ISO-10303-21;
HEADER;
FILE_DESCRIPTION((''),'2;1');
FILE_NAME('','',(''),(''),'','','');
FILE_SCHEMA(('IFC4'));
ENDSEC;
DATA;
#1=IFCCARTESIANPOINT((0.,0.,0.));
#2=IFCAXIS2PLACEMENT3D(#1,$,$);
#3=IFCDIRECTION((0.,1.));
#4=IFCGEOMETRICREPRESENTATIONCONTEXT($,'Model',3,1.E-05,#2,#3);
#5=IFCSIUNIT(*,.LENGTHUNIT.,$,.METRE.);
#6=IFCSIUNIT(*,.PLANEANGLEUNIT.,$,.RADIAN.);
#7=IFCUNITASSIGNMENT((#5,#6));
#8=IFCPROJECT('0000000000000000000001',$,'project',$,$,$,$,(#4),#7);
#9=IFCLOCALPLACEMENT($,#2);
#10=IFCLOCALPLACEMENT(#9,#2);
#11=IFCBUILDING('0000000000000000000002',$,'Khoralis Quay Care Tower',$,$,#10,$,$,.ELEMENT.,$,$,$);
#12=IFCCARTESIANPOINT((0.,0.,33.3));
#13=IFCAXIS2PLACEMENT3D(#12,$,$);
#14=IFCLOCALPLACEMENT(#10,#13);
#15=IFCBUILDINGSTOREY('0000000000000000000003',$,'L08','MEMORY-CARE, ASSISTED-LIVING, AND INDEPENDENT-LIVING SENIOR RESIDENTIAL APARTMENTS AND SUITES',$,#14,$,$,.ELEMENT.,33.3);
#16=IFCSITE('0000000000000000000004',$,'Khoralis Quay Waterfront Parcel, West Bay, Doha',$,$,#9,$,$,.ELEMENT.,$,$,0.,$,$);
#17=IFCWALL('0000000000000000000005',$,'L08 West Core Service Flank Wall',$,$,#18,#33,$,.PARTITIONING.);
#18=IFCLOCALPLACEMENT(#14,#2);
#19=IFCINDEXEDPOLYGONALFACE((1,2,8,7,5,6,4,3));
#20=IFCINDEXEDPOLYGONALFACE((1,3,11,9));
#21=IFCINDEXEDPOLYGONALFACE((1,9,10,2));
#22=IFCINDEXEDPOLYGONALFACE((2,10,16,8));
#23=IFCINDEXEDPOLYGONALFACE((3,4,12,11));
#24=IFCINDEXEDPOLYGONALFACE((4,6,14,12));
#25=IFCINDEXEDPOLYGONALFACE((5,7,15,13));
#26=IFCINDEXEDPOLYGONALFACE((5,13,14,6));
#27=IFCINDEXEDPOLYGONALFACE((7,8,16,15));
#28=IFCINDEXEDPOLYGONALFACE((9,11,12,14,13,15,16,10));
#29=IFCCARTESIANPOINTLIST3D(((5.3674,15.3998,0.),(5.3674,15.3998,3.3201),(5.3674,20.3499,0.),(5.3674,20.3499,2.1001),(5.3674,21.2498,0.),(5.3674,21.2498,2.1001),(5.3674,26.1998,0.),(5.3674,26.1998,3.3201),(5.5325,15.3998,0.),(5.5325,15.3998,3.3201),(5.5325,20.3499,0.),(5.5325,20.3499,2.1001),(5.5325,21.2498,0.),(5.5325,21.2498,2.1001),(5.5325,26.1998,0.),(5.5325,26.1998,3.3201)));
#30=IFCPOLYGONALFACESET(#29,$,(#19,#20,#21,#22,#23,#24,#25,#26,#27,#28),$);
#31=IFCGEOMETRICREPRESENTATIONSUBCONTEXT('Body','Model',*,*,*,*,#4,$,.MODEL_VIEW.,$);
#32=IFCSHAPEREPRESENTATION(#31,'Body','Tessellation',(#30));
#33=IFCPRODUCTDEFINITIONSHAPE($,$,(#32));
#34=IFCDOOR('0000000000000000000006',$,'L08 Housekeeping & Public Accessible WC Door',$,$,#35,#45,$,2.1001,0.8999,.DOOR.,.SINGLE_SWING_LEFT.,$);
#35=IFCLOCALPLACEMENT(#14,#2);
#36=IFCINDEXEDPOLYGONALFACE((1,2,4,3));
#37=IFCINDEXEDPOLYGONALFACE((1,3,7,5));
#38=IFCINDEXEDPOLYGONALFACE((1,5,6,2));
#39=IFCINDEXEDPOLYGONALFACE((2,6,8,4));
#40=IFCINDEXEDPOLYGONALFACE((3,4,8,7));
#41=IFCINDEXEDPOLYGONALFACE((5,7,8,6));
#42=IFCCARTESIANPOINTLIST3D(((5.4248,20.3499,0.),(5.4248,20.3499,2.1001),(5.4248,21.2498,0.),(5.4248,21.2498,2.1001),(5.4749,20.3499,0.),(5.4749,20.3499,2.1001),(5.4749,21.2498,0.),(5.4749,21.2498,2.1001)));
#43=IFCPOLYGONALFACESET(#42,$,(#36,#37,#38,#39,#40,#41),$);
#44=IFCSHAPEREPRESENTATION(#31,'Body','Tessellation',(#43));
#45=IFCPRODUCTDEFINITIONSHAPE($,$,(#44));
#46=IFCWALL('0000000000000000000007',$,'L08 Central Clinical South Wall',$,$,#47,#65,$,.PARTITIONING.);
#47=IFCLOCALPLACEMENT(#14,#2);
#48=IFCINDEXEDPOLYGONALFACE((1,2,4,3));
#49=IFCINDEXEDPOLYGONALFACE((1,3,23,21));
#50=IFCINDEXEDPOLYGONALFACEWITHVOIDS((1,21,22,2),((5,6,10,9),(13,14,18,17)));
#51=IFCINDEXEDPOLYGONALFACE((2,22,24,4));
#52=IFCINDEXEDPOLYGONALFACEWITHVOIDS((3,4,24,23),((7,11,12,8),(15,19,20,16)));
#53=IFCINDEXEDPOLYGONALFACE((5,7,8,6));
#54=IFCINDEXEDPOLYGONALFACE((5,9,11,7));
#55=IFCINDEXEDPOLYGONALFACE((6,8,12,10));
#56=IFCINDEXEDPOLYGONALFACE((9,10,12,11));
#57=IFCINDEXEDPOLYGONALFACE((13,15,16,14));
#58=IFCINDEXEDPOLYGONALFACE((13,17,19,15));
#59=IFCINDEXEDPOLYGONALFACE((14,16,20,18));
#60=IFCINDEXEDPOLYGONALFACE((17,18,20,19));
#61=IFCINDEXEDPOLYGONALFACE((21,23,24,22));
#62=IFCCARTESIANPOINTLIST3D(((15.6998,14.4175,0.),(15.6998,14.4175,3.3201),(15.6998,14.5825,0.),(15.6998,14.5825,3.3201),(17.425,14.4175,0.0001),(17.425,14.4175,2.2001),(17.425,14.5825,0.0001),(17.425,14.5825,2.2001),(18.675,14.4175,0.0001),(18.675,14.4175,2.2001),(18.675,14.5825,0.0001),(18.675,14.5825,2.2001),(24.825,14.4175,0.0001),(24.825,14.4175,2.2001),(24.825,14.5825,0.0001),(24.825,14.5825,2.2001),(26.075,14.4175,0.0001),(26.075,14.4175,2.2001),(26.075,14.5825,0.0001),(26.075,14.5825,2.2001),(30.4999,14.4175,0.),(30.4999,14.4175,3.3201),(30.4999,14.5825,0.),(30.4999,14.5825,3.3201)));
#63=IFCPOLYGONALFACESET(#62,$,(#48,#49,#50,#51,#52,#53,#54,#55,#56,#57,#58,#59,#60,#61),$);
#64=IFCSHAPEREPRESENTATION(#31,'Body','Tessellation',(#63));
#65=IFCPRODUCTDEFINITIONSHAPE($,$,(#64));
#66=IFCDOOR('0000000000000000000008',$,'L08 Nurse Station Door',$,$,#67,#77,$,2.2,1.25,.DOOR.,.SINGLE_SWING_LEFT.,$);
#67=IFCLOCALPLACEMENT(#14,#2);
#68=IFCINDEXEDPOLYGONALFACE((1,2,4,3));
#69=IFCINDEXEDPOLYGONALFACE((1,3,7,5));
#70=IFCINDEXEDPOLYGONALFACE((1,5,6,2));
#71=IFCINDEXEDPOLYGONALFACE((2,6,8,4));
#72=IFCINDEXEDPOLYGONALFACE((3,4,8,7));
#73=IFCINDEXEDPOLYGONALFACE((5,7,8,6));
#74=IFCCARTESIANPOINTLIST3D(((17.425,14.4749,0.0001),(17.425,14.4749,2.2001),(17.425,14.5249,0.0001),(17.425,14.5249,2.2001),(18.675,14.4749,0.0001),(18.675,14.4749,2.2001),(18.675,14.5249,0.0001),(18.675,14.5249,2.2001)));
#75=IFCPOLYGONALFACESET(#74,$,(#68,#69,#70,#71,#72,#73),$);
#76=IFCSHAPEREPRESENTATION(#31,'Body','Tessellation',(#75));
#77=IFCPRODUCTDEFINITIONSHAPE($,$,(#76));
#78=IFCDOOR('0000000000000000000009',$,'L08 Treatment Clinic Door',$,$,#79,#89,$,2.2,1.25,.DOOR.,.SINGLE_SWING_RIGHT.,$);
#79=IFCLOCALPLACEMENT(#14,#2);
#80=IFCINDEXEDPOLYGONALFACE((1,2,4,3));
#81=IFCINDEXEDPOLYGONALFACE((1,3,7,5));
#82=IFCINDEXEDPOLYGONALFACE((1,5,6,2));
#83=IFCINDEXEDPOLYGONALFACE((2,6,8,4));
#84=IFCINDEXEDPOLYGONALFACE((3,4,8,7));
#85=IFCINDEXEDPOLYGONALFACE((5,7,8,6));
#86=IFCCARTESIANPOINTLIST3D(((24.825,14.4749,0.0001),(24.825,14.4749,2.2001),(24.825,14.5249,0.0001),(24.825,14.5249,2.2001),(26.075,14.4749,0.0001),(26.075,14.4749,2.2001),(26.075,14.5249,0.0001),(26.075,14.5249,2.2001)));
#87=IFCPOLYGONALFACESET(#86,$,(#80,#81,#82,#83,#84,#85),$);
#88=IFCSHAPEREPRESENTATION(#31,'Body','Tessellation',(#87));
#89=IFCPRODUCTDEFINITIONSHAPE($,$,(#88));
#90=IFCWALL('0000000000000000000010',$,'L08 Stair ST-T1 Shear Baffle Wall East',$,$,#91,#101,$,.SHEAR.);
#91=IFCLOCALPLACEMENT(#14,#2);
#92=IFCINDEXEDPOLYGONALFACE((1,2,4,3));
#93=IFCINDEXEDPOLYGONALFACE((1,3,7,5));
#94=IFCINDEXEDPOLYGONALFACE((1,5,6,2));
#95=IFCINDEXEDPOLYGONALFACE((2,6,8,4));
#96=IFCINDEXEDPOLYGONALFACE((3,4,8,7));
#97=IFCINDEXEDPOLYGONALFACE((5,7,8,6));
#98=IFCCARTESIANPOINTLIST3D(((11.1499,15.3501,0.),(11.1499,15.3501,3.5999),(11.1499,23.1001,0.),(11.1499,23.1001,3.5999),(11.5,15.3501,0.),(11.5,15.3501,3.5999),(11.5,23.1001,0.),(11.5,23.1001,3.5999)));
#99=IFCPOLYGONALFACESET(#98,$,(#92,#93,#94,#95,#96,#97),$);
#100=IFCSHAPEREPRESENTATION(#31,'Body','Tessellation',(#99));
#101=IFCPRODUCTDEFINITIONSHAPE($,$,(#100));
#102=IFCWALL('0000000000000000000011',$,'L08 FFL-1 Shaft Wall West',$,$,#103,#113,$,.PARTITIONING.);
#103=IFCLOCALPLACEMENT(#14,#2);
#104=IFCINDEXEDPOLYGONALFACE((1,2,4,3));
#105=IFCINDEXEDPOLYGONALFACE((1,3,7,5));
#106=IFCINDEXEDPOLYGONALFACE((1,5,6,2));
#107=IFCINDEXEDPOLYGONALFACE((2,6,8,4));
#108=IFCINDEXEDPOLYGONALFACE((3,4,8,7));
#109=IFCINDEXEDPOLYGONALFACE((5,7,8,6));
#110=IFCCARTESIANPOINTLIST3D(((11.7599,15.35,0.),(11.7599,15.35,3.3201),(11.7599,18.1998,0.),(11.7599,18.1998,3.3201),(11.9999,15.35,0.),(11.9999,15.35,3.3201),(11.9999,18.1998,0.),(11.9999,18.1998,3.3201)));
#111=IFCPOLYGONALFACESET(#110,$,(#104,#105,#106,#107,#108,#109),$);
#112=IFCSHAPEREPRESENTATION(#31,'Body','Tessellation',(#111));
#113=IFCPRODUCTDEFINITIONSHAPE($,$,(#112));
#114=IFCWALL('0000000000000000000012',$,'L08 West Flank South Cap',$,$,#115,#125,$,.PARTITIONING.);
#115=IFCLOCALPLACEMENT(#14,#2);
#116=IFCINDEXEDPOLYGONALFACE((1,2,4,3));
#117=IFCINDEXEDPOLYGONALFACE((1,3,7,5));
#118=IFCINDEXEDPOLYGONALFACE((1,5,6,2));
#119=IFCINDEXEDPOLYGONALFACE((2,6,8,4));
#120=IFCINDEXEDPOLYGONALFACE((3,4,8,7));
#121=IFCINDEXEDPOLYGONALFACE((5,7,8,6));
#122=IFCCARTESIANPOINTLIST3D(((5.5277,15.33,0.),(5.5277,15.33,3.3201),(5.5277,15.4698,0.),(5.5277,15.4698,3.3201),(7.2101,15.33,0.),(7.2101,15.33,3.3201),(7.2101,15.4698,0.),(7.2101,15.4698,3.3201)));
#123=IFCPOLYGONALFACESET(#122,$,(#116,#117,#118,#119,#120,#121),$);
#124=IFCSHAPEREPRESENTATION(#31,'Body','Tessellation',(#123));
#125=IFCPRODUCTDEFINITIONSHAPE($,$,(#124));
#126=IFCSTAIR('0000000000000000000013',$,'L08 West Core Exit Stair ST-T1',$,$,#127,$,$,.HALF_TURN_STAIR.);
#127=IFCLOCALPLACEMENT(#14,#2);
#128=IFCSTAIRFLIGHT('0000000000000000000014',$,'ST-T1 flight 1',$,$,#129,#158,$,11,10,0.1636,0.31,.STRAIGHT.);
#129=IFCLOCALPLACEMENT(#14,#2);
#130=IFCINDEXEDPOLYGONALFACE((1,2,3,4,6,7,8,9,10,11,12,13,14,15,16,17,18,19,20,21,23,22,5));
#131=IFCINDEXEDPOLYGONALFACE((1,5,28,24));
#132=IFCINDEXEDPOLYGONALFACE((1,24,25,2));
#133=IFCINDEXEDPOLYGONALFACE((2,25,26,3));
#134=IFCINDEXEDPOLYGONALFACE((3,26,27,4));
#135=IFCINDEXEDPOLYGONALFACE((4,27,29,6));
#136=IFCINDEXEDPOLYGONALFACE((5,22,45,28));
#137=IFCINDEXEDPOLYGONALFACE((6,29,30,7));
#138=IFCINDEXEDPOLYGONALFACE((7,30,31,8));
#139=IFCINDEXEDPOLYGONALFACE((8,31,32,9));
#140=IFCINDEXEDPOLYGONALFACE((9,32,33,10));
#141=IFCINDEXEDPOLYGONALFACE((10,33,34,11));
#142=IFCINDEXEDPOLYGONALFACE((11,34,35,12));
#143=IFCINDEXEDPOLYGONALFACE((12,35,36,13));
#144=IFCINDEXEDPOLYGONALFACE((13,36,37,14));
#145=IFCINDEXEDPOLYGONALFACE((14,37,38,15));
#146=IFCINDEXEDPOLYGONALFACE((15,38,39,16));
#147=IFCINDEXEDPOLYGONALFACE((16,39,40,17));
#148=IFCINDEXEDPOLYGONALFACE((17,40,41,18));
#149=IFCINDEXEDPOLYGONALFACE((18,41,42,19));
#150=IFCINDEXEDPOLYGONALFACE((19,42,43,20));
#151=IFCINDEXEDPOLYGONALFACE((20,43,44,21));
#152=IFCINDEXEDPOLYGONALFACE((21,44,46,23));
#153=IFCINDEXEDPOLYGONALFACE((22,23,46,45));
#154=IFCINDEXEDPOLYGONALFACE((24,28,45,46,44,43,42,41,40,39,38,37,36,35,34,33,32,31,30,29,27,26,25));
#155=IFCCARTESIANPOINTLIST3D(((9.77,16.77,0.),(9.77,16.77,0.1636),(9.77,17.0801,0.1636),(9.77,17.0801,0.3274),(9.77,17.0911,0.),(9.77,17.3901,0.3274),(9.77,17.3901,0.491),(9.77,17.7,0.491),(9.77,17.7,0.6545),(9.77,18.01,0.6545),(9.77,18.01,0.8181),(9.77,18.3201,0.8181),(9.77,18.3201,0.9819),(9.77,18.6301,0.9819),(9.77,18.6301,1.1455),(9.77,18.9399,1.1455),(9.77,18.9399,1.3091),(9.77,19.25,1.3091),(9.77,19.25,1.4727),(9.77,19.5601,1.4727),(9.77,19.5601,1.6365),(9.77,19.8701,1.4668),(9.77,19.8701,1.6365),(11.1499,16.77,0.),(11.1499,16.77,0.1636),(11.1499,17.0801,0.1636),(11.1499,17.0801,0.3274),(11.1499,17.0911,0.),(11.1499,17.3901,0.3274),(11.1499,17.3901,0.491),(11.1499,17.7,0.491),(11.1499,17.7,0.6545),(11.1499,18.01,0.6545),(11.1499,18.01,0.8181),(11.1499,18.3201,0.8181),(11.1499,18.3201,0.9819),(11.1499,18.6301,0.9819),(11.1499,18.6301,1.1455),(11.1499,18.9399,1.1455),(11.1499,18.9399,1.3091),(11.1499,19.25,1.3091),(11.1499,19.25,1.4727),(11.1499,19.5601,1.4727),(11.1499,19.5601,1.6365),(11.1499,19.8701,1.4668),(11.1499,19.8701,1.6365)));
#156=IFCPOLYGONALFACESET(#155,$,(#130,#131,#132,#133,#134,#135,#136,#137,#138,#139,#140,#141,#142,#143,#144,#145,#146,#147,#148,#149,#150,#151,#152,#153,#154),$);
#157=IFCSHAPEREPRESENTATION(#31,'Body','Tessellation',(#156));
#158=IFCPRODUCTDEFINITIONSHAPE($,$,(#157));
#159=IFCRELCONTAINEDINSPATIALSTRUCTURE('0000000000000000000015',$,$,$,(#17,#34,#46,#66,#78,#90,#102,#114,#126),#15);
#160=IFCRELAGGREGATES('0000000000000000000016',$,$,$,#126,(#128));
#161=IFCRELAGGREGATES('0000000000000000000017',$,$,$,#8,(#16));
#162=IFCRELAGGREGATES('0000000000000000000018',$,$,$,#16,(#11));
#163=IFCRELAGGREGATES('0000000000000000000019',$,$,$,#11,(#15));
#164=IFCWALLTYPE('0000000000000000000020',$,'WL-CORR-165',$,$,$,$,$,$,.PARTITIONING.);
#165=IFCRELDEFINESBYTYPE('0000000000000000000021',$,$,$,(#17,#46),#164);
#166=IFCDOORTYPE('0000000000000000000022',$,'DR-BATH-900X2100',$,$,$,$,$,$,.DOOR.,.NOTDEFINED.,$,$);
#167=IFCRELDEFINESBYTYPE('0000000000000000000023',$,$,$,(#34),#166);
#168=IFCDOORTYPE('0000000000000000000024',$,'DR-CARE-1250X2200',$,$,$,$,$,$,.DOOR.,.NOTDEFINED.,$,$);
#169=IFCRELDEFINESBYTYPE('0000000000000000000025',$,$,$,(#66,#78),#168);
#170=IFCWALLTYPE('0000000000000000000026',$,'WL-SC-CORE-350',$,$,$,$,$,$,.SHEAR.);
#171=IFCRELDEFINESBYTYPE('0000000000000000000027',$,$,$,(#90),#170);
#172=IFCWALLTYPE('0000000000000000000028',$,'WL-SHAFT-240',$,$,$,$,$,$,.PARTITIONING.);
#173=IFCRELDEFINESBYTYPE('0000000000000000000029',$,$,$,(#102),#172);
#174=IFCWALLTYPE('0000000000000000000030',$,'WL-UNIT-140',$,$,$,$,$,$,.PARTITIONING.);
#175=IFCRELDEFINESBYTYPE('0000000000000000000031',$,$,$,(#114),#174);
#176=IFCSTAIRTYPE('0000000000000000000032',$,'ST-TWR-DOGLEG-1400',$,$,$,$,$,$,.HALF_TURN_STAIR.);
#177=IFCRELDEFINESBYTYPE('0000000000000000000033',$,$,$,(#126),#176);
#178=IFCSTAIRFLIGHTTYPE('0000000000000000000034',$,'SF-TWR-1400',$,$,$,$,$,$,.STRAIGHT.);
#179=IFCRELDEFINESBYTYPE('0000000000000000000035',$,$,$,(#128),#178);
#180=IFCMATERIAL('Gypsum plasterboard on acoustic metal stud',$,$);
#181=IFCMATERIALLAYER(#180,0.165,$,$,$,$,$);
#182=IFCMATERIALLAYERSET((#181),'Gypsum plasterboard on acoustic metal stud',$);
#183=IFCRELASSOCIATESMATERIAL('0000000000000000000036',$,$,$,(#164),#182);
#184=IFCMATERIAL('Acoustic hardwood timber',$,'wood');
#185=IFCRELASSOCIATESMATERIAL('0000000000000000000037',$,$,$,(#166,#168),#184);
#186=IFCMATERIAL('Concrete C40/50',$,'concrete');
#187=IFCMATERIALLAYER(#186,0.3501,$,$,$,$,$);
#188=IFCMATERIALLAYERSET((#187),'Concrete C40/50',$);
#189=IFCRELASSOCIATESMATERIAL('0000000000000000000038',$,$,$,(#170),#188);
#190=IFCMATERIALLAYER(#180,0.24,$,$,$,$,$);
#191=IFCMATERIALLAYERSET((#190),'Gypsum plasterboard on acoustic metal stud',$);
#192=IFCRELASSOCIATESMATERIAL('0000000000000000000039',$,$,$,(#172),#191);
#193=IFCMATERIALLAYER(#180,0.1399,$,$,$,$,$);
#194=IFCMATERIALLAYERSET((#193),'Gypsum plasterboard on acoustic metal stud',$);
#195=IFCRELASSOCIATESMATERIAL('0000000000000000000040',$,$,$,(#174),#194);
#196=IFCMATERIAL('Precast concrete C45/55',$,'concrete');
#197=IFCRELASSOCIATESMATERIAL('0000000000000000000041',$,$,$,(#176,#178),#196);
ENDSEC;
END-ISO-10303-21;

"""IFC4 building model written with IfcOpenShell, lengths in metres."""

from ifc_helpers import new_model, si_unit, direction, frame, frame_2d, origin, place, context, subcontext, project, spatial, polyline, rectangle, outline, extrude, source, transform, mapped, material, layer, layer_set, type_object, element, fill, aggregate, save


model = new_model("IFC4")

# Units and contexts
model_context = context("Model", 3, precision=1e-05, world=origin(), true_north=direction((0.0, 1.0)))
body_context = subcontext(model_context, "Body", "Model", "MODEL_VIEW")
ifc_project = project(units=[si_unit("LENGTHUNIT", "METRE"), si_unit("PLANEANGLEUNIT", "RADIAN")], contexts=[model_context])

# Site, building, storey
site_placement = place(None, origin())
site = spatial("IfcSite", under=ifc_project, at=site_placement, Name="Khoralis Quay Waterfront Parcel, West Bay, Doha", CompositionType="ELEMENT", RefElevation=0.0)
building_placement = place(site_placement, origin())
building = spatial("IfcBuilding", under=site, at=building_placement, Name="Khoralis Quay Care Tower", CompositionType="ELEMENT")
storey_placement = place(building_placement, frame((0.0, 0.0, 33.3)))
storey = spatial("IfcBuildingStorey", under=building, at=storey_placement, Name="L08", Description="MEMORY-CARE, ASSISTED-LIVING, AND INDEPENDENT-LIVING SENIOR RESIDENTIAL APARTMENTS AND SUITES", CompositionType="ELEMENT", Elevation=33.3)

# Wall, opening, door
ifc_material_1 = material(Name="Gypsum plasterboard on acoustic metal stud")
ifc_layer_1 = layer(ifc_material_1, 0.165)
ifc_layer_set_1 = layer_set([ifc_layer_1], Name="Gypsum plasterboard on acoustic metal stud")
wall_type_1 = type_object("IfcWallType", Name="WL-CORR-165", PredefinedType="PARTITIONING", material=ifc_layer_set_1)
wall_1_placement = place(storey_placement, frame((5.45, 15.3999, 0.0), z_axis=(0.0, 0.0, 1.0), x_axis=(0.0, 1.0, 0.0)))
wall_1 = element("IfcWall", 1, at=wall_1_placement, inside=storey, type_object=wall_type_1, Name="L08 West Core Service Flank Wall", PredefinedType="PARTITIONING", context=body_context, shape_type="SweptSolid", body=[
    extrude(rectangle(XDim=10.8, YDim=0.165, at=frame_2d((5.3999, 0.0))), origin(), (0.0, 0.0, 1.0), 3.3201),
])
opening_1_placement = place(wall_1_placement, frame((4.95, 0.0, 0.0)))
opening_1 = element("IfcOpeningElement", 2, at=opening_1_placement, cuts=wall_1, PredefinedType="OPENING", context=body_context, shape_type="SweptSolid", body=[
    extrude(rectangle(XDim=0.8999, YDim=2.1001, at=frame_2d((0.45, 1.05))), frame((0.0, 0.0925, 0.0), z_axis=(0.0, -1.0, 0.0), x_axis=(1.0, 0.0, 0.0)), (0.0, 0.0, 1.0), 0.1851),
])
ifc_material_2 = material(Name="Acoustic hardwood timber", Category="wood")
door_type_1 = type_object("IfcDoorType", Name="DR-BATH-900X2100", OperationType="NOTDEFINED", PredefinedType="DOOR", material=ifc_material_2)
shared_shape_1 = source(origin(), body_context, "Body", "SweptSolid", [
    extrude(rectangle(XDim=0.8999, YDim=2.1001, at=frame_2d((0.45, 1.05))), frame((0.0, 0.0249, 0.0), z_axis=(0.0, -1.0, 0.0), x_axis=(1.0, 0.0, 0.0)), (0.0, 0.0, 1.0), 0.05),
])
door_1_placement = place(opening_1_placement, frame((0.8999, 0.0, 0.0), z_axis=(0.0, 0.0, 1.0), x_axis=(-1.0, 0.0, 0.0)))
door_1 = element("IfcDoor", 3, at=door_1_placement, inside=storey, type_object=door_type_1, Name="L08 Housekeeping & Public Accessible WC Door", OperationType="SINGLE_SWING_LEFT", OverallHeight=2.1001, OverallWidth=0.8999, PredefinedType="DOOR", context=body_context, shape_type="MappedRepresentation", body=[
    mapped(shared_shape_1, transform((0.0, 0.0, 0.0), scale=1.0)),
])
fill(opening_1, door_1)

# Wall, openings, doors
wall_2_placement = place(storey_placement, frame((15.7, 14.5, 0.0), z_axis=(0.0, 0.0, 1.0), x_axis=(1.0, 0.0, 0.0)))
wall_2 = element("IfcWall", 4, at=wall_2_placement, inside=storey, type_object=wall_type_1, Name="L08 Central Clinical South Wall", PredefinedType="PARTITIONING", context=body_context, shape_type="SweptSolid", body=[
    extrude(rectangle(XDim=14.8, YDim=0.165, at=frame_2d((7.3999, 0.0))), origin(), (0.0, 0.0, 1.0), 3.3201),
])
opening_2_placement = place(wall_2_placement, frame((1.7251, 0.0, 0.0)))
opening_2 = element("IfcOpeningElement", 5, at=opening_2_placement, cuts=wall_2, PredefinedType="OPENING", context=body_context, shape_type="SweptSolid", body=[
    extrude(rectangle(XDim=1.25, YDim=2.2, at=frame_2d((0.625, 1.1001))), frame((0.0, 0.0925, 0.0), z_axis=(0.0, -1.0, 0.0), x_axis=(1.0, 0.0, 0.0)), (0.0, 0.0, 1.0), 0.1851),
])
opening_3_placement = place(wall_2_placement, frame((9.125, 0.0, 0.0)))
opening_3 = element("IfcOpeningElement", 6, at=opening_3_placement, cuts=wall_2, PredefinedType="OPENING", context=body_context, shape_type="SweptSolid", body=[
    extrude(rectangle(XDim=1.25, YDim=2.2, at=frame_2d((0.625, 1.1001))), frame((0.0, 0.0925, 0.0), z_axis=(0.0, -1.0, 0.0), x_axis=(1.0, 0.0, 0.0)), (0.0, 0.0, 1.0), 0.1851),
])
door_type_2 = type_object("IfcDoorType", Name="DR-CARE-1250X2200", OperationType="NOTDEFINED", PredefinedType="DOOR", material=ifc_material_2)
shared_shape_2 = source(origin(), body_context, "Body", "SweptSolid", [
    extrude(rectangle(XDim=1.25, YDim=2.2, at=frame_2d((0.625, 1.1001))), frame((0.0, 0.0249, 0.0), z_axis=(0.0, -1.0, 0.0), x_axis=(1.0, 0.0, 0.0)), (0.0, 0.0, 1.0), 0.05),
])
door_2_placement = place(opening_2_placement, origin())
door_2 = element("IfcDoor", 7, at=door_2_placement, inside=storey, type_object=door_type_2, Name="L08 Nurse Station Door", OperationType="SINGLE_SWING_LEFT", OverallHeight=2.2, OverallWidth=1.25, PredefinedType="DOOR", context=body_context, shape_type="MappedRepresentation", body=[
    mapped(shared_shape_2, transform((0.0, 0.0, 0.0), scale=1.0)),
])
fill(opening_2, door_2)
door_3_placement = place(opening_3_placement, origin())
door_3 = element("IfcDoor", 8, at=door_3_placement, inside=storey, type_object=door_type_2, Name="L08 Treatment Clinic Door", OperationType="SINGLE_SWING_RIGHT", OverallHeight=2.2, OverallWidth=1.25, PredefinedType="DOOR", context=body_context, shape_type="MappedRepresentation", body=[
    mapped(shared_shape_2, transform((0.0, 0.0, 0.0), scale=1.0)),
])
fill(opening_3, door_3)

# Walls
ifc_material_3 = material(Name="Concrete C40/50", Category="concrete")
ifc_layer_2 = layer(ifc_material_3, 0.3501)
ifc_layer_set_2 = layer_set([ifc_layer_2], Name="Concrete C40/50")
wall_type_2 = type_object("IfcWallType", Name="WL-SC-CORE-350", PredefinedType="SHEAR", material=ifc_layer_set_2)
wall_3_placement = place(storey_placement, frame((11.325, 15.3501, 0.0), z_axis=(0.0, 0.0, 1.0), x_axis=(0.0, 1.0, 0.0)))
element("IfcWall", 9, at=wall_3_placement, inside=storey, type_object=wall_type_2, Name="L08 Stair ST-T1 Shear Baffle Wall East", PredefinedType="SHEAR", context=body_context, shape_type="SweptSolid", body=[
    extrude(rectangle(XDim=7.75, YDim=0.3501, at=frame_2d((3.875, 0.0))), origin(), (0.0, 0.0, 1.0), 3.5999),
])
ifc_layer_3 = layer(ifc_material_1, 0.24)
ifc_layer_set_3 = layer_set([ifc_layer_3], Name="Gypsum plasterboard on acoustic metal stud")
wall_type_3 = type_object("IfcWallType", Name="WL-SHAFT-240", PredefinedType="PARTITIONING", material=ifc_layer_set_3)
wall_4_placement = place(storey_placement, frame((11.8799, 15.3501, 0.0), z_axis=(0.0, 0.0, 1.0), x_axis=(0.0, 1.0, 0.0)))
element("IfcWall", 10, at=wall_4_placement, inside=storey, type_object=wall_type_3, Name="L08 FFL-1 Shaft Wall West", PredefinedType="PARTITIONING", context=body_context, shape_type="SweptSolid", body=[
    extrude(rectangle(XDim=2.8499, YDim=0.24, at=frame_2d((1.4248, 0.0))), origin(), (0.0, 0.0, 1.0), 3.3201),
])
ifc_layer_4 = layer(ifc_material_1, 0.1399)
ifc_layer_set_4 = layer_set([ifc_layer_4], Name="Gypsum plasterboard on acoustic metal stud")
wall_type_4 = type_object("IfcWallType", Name="WL-UNIT-140", PredefinedType="PARTITIONING", material=ifc_layer_set_4)
wall_5_placement = place(storey_placement, frame((5.5276, 15.3999, 0.0), z_axis=(0.0, 0.0, 1.0), x_axis=(1.0, 0.0, 0.0)))
element("IfcWall", 11, at=wall_5_placement, inside=storey, type_object=wall_type_4, Name="L08 West Flank South Cap", PredefinedType="PARTITIONING", context=body_context, shape_type="SweptSolid", body=[
    extrude(rectangle(XDim=1.6824, YDim=0.1399, at=frame_2d((0.8413, 0.0))), origin(), (0.0, 0.0, 1.0), 3.3201),
])

# Stair, stair flight
ifc_material_4 = material(Name="Precast concrete C45/55", Category="concrete")
stair_type = type_object("IfcStairType", Name="ST-TWR-DOGLEG-1400", PredefinedType="HALF_TURN_STAIR", material=ifc_material_4)
stair_placement = place(storey_placement, origin())
stair = element("IfcStair", 12, at=stair_placement, inside=storey, type_object=stair_type, Name="L08 West Core Exit Stair ST-T1", PredefinedType="HALF_TURN_STAIR")
stair_flight_type = type_object("IfcStairFlightType", Name="SF-TWR-1400", PredefinedType="STRAIGHT", material=ifc_material_4)
shared_shape_3 = source(origin(), body_context, "Body", "SweptSolid", [
    extrude(outline(polyline([(0.0, 0.0), (0.0, 0.1636), (0.3101, 0.1636), (0.3101, 0.3274), (0.6201, 0.3274), (0.6201, 0.491), (0.9299, 0.491), (0.9299, 0.6545), (1.24, 0.6545), (1.24, 0.8181), (1.55, 0.8181), (1.55, 0.9819), (1.8601, 0.9819), (1.8601, 1.1455), (2.1699, 1.1455), (2.1699, 1.3091), (2.48, 1.3091), (2.48, 1.4727), (2.79, 1.4727), (2.79, 1.6365), (3.1001, 1.6365), (3.1001, 1.8), (3.1001, 1.4668), (0.321, 0.0), (0.0, 0.0)])), frame((0.0, 0.6899, 0.0), z_axis=(0.0, -1.0, 0.0), x_axis=(1.0, 0.0, 0.0)), (0.0, 0.0, 1.0), 1.3799),
])
stair_flight_placement = place(storey_placement, frame((10.46, 16.77, 0.0), z_axis=(0.0, 0.0, 1.0), x_axis=(0.0, 1.0, 0.0)))
stair_flight = element("IfcStairFlight", 13, at=stair_flight_placement, type_object=stair_flight_type, Name="ST-T1 flight 1", NumberOfRisers=11, NumberOfTreads=10, PredefinedType="STRAIGHT", RiserHeight=0.1636, TreadLength=0.31, context=body_context, shape_type="MappedRepresentation", body=[
    mapped(shared_shape_3, transform((0.0, 0.0, 0.0), scale=1.0)),
])
aggregate(stair, [stair_flight])

save(model, "model.ifc")
